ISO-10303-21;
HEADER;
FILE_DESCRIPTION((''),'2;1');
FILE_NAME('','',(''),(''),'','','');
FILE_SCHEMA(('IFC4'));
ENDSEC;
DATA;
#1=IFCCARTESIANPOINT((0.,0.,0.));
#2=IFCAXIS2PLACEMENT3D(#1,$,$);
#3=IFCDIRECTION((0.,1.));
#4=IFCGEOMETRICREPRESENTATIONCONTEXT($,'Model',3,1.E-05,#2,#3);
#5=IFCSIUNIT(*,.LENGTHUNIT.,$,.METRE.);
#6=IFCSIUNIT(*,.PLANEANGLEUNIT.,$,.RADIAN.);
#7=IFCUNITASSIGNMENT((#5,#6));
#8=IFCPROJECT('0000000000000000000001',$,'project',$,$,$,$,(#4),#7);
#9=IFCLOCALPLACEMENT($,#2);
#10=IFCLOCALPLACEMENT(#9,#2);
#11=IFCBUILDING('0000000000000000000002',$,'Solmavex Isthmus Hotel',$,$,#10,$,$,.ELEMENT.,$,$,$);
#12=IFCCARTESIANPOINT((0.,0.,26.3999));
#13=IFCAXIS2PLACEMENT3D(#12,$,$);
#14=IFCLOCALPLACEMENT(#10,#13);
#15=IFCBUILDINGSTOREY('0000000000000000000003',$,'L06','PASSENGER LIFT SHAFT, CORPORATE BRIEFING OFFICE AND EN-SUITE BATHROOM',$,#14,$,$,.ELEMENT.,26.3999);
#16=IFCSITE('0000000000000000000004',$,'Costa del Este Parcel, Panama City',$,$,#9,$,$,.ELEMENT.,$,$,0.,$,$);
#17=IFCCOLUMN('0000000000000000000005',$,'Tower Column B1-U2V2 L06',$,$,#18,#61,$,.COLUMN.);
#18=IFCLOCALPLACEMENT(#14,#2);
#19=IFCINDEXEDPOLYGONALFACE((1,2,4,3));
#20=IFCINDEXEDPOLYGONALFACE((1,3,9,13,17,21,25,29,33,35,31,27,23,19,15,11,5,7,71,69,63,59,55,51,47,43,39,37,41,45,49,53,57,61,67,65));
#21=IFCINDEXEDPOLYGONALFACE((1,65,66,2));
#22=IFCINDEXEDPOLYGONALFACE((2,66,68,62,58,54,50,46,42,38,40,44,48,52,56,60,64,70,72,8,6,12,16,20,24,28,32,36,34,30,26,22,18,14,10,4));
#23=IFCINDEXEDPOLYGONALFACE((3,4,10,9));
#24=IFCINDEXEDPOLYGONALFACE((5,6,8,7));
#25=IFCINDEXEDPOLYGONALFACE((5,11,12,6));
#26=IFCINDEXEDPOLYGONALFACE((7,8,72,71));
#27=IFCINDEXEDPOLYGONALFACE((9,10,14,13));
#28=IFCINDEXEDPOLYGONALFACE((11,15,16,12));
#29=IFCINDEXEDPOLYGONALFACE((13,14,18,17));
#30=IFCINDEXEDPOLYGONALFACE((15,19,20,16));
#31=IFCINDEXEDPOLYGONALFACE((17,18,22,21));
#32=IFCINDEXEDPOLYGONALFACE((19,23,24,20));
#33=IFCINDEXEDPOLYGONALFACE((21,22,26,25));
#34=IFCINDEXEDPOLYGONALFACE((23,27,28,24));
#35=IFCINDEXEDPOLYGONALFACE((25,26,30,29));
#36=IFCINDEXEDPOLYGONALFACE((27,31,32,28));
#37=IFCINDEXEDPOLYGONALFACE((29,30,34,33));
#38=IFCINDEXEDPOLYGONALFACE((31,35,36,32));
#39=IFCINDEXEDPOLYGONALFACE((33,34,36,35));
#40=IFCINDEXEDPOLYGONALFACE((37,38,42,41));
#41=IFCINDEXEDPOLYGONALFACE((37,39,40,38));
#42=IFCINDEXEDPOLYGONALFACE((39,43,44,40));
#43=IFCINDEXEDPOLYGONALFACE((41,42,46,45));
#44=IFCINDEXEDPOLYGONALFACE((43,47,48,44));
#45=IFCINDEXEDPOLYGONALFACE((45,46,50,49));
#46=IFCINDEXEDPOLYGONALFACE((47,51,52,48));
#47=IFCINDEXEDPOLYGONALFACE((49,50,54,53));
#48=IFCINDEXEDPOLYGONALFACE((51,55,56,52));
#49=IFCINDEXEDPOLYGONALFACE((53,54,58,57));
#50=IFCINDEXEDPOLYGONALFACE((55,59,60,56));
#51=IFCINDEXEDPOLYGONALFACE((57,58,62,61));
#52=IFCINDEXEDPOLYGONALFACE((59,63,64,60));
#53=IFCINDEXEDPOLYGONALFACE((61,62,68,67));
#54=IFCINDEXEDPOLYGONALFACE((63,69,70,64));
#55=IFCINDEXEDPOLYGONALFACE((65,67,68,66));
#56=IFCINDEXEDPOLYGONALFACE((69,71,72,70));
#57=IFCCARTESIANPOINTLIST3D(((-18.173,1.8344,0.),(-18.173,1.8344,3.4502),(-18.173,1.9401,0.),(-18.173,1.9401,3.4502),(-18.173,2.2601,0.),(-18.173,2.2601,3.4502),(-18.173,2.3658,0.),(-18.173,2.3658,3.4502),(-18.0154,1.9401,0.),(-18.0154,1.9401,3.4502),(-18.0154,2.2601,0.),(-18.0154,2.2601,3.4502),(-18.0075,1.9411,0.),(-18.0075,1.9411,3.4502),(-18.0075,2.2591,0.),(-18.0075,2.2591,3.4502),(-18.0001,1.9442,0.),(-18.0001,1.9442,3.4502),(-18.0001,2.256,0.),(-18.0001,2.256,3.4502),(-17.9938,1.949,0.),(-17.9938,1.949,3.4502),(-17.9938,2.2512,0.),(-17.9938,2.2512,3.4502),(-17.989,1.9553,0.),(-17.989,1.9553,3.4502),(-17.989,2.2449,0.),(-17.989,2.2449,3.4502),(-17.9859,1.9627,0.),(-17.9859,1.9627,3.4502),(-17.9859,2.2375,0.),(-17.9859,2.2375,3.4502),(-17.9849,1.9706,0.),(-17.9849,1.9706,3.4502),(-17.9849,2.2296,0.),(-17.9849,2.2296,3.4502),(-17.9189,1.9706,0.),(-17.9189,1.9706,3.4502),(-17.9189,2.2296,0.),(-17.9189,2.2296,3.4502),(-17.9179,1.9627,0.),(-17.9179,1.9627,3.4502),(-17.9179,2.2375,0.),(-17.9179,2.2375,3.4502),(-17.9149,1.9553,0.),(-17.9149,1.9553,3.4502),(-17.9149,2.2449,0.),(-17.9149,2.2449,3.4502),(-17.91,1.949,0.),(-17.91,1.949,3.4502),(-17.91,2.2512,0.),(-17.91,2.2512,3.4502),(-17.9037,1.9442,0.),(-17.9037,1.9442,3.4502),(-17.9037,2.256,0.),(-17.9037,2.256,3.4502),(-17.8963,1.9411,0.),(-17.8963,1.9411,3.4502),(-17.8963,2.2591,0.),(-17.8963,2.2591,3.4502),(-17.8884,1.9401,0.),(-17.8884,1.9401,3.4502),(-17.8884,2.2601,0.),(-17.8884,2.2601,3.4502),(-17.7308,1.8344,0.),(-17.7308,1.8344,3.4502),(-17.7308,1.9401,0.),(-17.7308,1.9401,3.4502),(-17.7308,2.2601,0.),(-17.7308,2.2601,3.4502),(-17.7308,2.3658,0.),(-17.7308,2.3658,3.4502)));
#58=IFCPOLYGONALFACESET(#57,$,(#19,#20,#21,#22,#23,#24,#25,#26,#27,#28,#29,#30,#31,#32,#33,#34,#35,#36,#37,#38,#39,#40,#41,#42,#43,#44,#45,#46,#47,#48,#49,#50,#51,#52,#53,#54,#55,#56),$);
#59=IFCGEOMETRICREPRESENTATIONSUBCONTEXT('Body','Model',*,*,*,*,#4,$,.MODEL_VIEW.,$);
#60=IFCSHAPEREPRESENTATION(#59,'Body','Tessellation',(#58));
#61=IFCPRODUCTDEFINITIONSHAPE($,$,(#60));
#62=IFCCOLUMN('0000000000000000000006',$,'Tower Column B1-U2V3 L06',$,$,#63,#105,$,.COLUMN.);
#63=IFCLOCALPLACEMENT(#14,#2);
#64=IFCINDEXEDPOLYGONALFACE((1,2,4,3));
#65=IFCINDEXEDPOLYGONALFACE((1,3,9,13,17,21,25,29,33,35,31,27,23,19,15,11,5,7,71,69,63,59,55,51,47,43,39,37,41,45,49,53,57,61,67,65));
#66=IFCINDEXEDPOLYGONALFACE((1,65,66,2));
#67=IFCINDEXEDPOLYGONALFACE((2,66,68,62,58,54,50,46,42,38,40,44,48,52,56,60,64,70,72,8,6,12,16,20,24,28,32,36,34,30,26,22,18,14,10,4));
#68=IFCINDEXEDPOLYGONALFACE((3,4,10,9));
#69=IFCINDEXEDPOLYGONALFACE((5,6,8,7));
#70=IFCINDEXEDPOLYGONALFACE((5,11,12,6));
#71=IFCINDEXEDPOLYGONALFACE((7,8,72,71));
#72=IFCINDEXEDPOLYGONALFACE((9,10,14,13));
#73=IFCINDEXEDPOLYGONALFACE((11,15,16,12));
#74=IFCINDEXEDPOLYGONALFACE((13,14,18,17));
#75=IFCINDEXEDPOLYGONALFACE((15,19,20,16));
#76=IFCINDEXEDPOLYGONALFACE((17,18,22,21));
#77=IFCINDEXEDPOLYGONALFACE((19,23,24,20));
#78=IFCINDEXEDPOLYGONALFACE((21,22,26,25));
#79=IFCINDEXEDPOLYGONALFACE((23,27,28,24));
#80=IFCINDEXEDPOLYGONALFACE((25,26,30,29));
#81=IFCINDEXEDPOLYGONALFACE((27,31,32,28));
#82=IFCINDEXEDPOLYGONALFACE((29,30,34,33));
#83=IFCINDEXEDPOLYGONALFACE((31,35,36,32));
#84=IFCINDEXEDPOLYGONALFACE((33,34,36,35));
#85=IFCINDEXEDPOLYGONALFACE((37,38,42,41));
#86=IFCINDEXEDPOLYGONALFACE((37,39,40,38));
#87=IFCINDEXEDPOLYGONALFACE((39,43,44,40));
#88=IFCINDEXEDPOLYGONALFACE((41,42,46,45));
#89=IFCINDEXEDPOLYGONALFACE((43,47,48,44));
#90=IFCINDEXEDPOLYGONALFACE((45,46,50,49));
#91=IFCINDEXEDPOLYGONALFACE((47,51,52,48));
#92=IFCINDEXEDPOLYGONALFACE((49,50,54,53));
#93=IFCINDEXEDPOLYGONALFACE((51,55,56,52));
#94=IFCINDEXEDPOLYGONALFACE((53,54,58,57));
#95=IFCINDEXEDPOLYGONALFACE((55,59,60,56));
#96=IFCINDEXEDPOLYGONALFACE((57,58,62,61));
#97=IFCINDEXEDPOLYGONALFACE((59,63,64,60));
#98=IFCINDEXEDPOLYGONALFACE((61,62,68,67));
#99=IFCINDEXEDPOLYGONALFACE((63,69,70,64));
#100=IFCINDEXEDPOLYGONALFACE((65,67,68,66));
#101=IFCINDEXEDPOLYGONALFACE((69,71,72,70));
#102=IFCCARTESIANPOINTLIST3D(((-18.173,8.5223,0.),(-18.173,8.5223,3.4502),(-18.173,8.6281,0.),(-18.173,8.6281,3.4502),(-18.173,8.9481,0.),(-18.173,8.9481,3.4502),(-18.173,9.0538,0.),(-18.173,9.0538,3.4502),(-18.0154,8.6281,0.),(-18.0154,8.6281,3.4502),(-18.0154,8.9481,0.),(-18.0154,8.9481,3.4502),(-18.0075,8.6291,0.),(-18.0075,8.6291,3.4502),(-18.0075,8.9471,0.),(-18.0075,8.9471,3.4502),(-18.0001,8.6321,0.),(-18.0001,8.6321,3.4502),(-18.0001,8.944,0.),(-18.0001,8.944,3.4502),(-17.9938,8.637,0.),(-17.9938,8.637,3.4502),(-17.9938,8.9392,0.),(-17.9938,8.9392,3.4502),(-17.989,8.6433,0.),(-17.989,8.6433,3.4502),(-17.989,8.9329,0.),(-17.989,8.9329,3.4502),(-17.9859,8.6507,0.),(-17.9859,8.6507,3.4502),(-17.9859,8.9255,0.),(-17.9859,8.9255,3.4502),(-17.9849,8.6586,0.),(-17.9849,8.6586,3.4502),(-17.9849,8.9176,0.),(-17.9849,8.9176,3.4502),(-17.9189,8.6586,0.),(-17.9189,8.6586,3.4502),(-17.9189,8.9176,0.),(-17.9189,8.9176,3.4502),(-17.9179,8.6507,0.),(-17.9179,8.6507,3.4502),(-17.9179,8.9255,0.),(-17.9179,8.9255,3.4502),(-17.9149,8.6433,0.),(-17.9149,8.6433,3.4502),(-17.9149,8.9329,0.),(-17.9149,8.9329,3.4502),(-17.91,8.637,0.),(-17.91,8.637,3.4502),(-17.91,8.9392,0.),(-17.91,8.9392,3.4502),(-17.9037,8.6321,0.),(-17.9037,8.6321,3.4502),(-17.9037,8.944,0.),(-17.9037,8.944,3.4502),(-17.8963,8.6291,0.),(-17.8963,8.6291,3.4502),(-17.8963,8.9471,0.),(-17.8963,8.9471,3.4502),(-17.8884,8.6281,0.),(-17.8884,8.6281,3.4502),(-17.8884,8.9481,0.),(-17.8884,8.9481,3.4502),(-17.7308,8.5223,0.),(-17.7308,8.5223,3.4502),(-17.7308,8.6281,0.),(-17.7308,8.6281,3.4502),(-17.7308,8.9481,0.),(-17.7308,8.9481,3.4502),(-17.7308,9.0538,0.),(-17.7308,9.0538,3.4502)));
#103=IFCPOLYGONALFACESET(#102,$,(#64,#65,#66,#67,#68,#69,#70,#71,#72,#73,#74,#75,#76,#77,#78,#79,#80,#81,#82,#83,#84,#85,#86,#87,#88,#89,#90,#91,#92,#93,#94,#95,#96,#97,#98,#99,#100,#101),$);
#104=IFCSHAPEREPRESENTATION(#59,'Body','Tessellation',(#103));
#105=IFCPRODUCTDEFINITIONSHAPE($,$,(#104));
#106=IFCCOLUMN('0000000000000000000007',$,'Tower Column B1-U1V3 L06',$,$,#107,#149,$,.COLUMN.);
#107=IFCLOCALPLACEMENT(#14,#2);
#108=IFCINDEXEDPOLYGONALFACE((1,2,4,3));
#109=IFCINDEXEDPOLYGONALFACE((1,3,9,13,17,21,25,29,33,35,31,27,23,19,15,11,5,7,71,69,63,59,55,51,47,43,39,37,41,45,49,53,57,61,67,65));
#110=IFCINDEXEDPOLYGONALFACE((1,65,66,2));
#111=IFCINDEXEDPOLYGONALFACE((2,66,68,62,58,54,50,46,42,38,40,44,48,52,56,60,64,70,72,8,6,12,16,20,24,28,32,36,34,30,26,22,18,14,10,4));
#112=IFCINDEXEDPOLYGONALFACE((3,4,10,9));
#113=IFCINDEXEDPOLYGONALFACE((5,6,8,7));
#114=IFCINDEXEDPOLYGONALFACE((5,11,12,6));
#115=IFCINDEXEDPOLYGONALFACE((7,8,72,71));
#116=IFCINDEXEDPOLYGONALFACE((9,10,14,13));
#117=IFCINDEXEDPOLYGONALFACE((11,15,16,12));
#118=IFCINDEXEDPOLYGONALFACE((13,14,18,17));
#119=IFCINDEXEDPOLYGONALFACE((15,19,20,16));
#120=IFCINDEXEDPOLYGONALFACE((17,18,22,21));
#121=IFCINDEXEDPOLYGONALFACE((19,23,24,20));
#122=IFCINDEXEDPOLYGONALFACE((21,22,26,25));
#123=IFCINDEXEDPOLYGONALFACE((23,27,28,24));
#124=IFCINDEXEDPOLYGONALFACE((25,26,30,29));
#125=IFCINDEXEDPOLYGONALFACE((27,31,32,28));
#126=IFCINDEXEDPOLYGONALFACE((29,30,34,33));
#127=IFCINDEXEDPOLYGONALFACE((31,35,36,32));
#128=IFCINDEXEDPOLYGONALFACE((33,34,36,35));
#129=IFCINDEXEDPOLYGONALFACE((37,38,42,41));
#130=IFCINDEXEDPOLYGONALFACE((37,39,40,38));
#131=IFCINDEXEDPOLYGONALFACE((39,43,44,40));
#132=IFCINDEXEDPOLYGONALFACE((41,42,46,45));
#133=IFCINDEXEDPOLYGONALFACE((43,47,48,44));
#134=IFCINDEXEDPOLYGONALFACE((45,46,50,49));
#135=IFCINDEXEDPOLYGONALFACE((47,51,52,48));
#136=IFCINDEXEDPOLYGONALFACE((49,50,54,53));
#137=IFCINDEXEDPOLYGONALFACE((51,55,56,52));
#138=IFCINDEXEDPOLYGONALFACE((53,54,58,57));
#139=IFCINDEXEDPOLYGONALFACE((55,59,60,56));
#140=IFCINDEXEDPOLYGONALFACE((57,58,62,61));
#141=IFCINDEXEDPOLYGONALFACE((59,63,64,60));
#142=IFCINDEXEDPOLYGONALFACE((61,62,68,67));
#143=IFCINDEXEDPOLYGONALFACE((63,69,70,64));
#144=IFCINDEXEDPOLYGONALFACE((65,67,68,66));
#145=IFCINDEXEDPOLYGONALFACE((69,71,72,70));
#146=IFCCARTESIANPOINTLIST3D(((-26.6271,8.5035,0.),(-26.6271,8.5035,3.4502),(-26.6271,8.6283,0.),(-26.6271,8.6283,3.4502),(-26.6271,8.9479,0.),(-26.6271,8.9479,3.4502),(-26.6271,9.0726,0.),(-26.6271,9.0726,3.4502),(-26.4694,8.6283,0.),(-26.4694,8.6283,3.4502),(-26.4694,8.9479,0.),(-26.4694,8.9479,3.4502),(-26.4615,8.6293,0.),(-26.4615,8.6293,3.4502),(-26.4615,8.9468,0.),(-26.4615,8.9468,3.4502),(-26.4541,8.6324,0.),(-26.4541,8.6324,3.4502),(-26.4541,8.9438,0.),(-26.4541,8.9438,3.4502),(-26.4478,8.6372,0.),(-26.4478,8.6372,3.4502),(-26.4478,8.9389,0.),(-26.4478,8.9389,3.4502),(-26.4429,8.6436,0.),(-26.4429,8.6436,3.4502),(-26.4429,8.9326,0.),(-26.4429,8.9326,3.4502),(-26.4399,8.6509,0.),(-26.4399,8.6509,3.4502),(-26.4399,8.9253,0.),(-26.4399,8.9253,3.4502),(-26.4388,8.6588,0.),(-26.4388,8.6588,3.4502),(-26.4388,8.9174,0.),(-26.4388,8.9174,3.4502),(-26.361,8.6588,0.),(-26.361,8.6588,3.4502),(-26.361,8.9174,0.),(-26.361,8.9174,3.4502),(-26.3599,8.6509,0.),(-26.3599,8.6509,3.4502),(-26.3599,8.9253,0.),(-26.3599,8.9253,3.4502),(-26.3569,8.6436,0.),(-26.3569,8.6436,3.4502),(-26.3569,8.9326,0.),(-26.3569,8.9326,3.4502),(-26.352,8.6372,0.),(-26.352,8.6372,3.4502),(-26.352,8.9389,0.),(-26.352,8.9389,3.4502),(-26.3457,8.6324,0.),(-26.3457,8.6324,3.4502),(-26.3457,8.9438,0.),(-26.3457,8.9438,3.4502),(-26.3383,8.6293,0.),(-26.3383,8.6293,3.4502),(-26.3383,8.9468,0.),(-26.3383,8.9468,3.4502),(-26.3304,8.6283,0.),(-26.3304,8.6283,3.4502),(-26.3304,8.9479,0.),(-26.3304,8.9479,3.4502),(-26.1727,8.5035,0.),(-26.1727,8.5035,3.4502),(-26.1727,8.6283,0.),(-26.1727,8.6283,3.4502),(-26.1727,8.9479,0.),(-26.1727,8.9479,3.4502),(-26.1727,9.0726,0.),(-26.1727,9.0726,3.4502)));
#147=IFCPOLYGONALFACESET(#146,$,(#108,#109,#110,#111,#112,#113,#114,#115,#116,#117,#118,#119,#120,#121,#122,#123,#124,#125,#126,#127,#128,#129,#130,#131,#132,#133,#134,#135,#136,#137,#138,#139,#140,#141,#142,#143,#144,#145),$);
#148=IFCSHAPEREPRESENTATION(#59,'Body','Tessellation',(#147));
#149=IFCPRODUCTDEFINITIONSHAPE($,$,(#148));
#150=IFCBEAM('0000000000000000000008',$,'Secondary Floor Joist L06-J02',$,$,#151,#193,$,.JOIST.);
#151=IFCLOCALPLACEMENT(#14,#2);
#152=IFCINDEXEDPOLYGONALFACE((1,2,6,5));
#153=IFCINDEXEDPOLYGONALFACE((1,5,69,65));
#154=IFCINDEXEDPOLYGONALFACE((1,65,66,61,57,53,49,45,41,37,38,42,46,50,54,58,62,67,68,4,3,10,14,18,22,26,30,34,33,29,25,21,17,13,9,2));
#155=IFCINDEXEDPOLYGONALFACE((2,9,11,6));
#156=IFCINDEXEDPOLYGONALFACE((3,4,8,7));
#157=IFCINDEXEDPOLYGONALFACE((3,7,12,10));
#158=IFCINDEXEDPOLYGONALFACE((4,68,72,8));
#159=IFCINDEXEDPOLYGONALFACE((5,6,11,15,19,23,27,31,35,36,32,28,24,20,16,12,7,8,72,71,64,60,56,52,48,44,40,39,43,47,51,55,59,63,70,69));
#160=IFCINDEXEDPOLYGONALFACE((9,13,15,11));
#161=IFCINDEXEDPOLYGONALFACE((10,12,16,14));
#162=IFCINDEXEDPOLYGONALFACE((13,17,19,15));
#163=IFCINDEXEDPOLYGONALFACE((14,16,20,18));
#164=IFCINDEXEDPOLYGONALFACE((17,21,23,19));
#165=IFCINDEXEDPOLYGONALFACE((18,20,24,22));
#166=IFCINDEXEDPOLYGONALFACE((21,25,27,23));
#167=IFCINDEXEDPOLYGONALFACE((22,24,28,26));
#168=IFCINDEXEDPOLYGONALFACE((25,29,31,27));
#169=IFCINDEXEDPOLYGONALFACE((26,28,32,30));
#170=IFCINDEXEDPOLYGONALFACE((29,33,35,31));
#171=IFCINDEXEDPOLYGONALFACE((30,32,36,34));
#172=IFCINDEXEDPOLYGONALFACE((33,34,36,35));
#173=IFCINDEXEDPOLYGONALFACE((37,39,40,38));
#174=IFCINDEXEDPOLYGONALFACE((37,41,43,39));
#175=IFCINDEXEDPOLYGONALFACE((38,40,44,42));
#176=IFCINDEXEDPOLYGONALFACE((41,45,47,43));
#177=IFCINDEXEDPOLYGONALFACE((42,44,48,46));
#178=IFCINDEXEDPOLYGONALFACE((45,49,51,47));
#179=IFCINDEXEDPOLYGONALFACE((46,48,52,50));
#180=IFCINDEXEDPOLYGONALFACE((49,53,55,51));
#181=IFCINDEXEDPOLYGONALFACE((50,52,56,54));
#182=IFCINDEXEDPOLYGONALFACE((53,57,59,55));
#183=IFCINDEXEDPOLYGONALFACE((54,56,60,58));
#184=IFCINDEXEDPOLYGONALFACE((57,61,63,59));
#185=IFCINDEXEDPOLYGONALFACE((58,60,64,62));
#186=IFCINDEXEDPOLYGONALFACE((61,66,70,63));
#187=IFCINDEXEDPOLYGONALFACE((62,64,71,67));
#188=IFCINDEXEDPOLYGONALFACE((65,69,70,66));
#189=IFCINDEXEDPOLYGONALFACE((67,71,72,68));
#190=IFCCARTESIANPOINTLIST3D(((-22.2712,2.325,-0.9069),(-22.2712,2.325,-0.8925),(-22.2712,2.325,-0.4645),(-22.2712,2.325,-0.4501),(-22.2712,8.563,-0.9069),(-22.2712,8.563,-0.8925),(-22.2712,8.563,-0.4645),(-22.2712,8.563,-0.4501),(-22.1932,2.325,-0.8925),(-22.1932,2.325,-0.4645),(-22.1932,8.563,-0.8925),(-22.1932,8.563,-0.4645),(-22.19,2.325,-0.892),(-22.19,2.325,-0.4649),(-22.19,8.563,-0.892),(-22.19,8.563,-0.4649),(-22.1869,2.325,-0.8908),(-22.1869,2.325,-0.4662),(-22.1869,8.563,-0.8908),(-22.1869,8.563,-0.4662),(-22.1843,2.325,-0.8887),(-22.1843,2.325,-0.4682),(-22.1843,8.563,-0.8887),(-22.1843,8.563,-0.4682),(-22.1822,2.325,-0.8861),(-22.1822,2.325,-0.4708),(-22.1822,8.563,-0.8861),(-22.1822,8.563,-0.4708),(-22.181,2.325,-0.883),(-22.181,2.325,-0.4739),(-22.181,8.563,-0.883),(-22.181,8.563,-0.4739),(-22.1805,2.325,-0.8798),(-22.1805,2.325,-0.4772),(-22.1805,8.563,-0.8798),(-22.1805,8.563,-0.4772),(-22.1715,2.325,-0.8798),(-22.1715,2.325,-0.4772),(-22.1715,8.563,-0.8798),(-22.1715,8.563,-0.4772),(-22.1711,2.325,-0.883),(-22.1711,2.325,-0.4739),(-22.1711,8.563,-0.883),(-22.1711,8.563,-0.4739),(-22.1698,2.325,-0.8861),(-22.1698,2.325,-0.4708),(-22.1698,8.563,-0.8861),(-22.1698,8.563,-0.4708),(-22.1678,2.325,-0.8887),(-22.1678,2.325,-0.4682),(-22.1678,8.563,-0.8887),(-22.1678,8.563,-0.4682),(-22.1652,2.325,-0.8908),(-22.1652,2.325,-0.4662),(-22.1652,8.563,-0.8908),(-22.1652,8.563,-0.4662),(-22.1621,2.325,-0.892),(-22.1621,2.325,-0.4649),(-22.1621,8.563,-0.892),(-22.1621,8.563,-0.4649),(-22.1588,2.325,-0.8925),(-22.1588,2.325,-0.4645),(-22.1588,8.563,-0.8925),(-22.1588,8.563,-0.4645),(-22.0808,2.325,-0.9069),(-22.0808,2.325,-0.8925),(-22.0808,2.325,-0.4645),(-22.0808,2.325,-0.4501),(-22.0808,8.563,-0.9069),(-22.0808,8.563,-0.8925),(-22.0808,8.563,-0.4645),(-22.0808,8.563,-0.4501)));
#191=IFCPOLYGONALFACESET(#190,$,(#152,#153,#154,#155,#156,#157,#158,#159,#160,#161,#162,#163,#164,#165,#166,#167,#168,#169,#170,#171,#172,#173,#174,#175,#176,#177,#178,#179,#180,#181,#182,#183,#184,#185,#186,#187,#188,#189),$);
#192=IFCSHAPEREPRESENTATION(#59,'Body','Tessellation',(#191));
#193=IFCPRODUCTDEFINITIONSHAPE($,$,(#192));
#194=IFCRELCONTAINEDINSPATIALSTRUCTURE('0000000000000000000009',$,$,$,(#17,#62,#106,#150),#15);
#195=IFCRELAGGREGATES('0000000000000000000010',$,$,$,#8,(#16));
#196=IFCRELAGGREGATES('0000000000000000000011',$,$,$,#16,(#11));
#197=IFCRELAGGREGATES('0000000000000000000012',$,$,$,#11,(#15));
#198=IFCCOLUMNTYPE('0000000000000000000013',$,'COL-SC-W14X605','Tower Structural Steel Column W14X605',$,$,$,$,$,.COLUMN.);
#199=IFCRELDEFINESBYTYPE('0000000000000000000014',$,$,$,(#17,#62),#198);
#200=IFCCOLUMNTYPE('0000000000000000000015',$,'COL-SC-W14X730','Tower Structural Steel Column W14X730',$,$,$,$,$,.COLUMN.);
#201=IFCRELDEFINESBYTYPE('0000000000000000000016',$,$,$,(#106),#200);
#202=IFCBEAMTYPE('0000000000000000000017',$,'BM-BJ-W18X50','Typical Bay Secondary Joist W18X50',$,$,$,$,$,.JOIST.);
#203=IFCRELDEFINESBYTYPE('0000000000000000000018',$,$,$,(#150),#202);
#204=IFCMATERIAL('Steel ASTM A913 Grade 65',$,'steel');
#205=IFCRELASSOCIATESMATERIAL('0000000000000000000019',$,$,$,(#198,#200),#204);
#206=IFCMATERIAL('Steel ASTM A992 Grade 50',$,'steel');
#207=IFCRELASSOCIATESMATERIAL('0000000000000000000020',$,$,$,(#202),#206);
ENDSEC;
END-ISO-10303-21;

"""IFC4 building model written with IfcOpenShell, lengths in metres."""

from ifc_helpers import new_model, si_unit, direction, frame, origin, origin_2d, place, context, subcontext, project, spatial, i_section, extrude, material, material_profile, profile_set, type_object, element, save


model = new_model("IFC4")

# Units and contexts
model_context = context("Model", 3, precision=1e-05, world=origin(), true_north=direction((0.0, 1.0)))
body_context = subcontext(model_context, "Body", "Model", "MODEL_VIEW")
ifc_project = project(units=[si_unit("LENGTHUNIT", "METRE"), si_unit("PLANEANGLEUNIT", "RADIAN")], contexts=[model_context])

# Site, building, storey
site_placement = place(None, origin())
site = spatial("IfcSite", under=ifc_project, at=site_placement, Name="Costa del Este Parcel, Panama City", CompositionType="ELEMENT", RefElevation=0.0)
building_placement = place(site_placement, origin())
building = spatial("IfcBuilding", under=site, at=building_placement, Name="Solmavex Isthmus Hotel", CompositionType="ELEMENT")
storey_placement = place(building_placement, frame((0.0, 0.0, 26.3999)))
storey = spatial("IfcBuildingStorey", under=building, at=storey_placement, Name="L06", Description="PASSENGER LIFT SHAFT, CORPORATE BRIEFING OFFICE AND EN-SUITE BATHROOM", CompositionType="ELEMENT", Elevation=26.3999)

# Columns
ifc_material_1 = material(Name="Steel ASTM A913 Grade 65", Category="steel")
ifc_material_profile_1 = material_profile(ifc_material_1, i_section(OverallWidth=0.4421, OverallDepth=0.5315, WebThickness=0.0659, FlangeThickness=0.1057, FilletRadius=0.0305, at=origin_2d()), Name="W14X605")
ifc_profile_set_1 = profile_set([ifc_material_profile_1], Name="Steel ASTM A913 Grade 65")
column_type_1 = type_object("IfcColumnType", Name="COL-SC-W14X605", Description="Tower Structural Steel Column W14X605", PredefinedType="COLUMN", material=ifc_profile_set_1)
for number, where, z_axis, x_axis, name in (
    (1, (-17.9519, 2.1001, 0.0), (0.0, 0.0, 1.0), (1.0, 0.0, 0.0), "Tower Column B1-U2V2 L06"),
    (2, (-17.9519, 8.7881, 0.0), (0.0, 0.0, 1.0), (1.0, 0.0, 0.0), "Tower Column B1-U2V3 L06"),
):
    element("IfcColumn", number, at=place(storey_placement, frame(where, z_axis=z_axis, x_axis=x_axis)), inside=storey, type_object=column_type_1, Name=name, PredefinedType="COLUMN", context=body_context, shape_type="SweptSolid", body=[
        extrude(i_section(OverallWidth=0.4421, OverallDepth=0.5315, WebThickness=0.0659, FlangeThickness=0.1057, FilletRadius=0.0305, at=origin_2d()), origin(), (0.0, 0.0, 1.0), 3.4502),
    ])
ifc_material_profile_2 = material_profile(ifc_material_1, i_section(OverallWidth=0.4543, OverallDepth=0.5691, WebThickness=0.0779, FlangeThickness=0.1248, FilletRadius=0.0305, at=origin_2d()), Name="W14X730")
ifc_profile_set_2 = profile_set([ifc_material_profile_2], Name="Steel ASTM A913 Grade 65")
column_type_2 = type_object("IfcColumnType", Name="COL-SC-W14X730", Description="Tower Structural Steel Column W14X730", PredefinedType="COLUMN", material=ifc_profile_set_2)
column_placement = place(storey_placement, frame((-26.3999, 8.7881, 0.0), z_axis=(0.0, 0.0, 1.0), x_axis=(1.0, 0.0, 0.0)))
element("IfcColumn", 3, at=column_placement, inside=storey, type_object=column_type_2, Name="Tower Column B1-U1V3 L06", PredefinedType="COLUMN", context=body_context, shape_type="SweptSolid", body=[
    extrude(i_section(OverallWidth=0.4543, OverallDepth=0.5691, WebThickness=0.0779, FlangeThickness=0.1248, FilletRadius=0.0305, at=origin_2d()), origin(), (0.0, 0.0, 1.0), 3.4502),
])

# Beam
ifc_material_2 = material(Name="Steel ASTM A992 Grade 50", Category="steel")
ifc_material_profile_3 = material_profile(ifc_material_2, i_section(OverallWidth=0.1904, OverallDepth=0.4568, WebThickness=0.009, FlangeThickness=0.0144, FilletRadius=0.0127, at=origin_2d()), Name="W18X50")
ifc_profile_set_3 = profile_set([ifc_material_profile_3], Name="Steel ASTM A992 Grade 50")
beam_type_1 = type_object("IfcBeamType", Name="BM-BJ-W18X50", Description="Typical Bay Secondary Joist W18X50", PredefinedType="JOIST", material=ifc_profile_set_3)
beam_1_placement = place(storey_placement, frame((-22.176, 2.325, -0.6785), z_axis=(0.0, 1.0, 0.0), x_axis=(-1.0, 0.0, 0.0)))
element("IfcBeam", 4, at=beam_1_placement, inside=storey, type_object=beam_type_1, Name="Secondary Floor Joist L06-J02", PredefinedType="JOIST", context=body_context, shape_type="SweptSolid", body=[
    extrude(i_section(OverallWidth=0.1904, OverallDepth=0.4568, WebThickness=0.009, FlangeThickness=0.0144, FilletRadius=0.0127, at=origin_2d()), origin(), (0.0, 0.0, 1.0), 6.238),
])

save(model, "model.ifc")
